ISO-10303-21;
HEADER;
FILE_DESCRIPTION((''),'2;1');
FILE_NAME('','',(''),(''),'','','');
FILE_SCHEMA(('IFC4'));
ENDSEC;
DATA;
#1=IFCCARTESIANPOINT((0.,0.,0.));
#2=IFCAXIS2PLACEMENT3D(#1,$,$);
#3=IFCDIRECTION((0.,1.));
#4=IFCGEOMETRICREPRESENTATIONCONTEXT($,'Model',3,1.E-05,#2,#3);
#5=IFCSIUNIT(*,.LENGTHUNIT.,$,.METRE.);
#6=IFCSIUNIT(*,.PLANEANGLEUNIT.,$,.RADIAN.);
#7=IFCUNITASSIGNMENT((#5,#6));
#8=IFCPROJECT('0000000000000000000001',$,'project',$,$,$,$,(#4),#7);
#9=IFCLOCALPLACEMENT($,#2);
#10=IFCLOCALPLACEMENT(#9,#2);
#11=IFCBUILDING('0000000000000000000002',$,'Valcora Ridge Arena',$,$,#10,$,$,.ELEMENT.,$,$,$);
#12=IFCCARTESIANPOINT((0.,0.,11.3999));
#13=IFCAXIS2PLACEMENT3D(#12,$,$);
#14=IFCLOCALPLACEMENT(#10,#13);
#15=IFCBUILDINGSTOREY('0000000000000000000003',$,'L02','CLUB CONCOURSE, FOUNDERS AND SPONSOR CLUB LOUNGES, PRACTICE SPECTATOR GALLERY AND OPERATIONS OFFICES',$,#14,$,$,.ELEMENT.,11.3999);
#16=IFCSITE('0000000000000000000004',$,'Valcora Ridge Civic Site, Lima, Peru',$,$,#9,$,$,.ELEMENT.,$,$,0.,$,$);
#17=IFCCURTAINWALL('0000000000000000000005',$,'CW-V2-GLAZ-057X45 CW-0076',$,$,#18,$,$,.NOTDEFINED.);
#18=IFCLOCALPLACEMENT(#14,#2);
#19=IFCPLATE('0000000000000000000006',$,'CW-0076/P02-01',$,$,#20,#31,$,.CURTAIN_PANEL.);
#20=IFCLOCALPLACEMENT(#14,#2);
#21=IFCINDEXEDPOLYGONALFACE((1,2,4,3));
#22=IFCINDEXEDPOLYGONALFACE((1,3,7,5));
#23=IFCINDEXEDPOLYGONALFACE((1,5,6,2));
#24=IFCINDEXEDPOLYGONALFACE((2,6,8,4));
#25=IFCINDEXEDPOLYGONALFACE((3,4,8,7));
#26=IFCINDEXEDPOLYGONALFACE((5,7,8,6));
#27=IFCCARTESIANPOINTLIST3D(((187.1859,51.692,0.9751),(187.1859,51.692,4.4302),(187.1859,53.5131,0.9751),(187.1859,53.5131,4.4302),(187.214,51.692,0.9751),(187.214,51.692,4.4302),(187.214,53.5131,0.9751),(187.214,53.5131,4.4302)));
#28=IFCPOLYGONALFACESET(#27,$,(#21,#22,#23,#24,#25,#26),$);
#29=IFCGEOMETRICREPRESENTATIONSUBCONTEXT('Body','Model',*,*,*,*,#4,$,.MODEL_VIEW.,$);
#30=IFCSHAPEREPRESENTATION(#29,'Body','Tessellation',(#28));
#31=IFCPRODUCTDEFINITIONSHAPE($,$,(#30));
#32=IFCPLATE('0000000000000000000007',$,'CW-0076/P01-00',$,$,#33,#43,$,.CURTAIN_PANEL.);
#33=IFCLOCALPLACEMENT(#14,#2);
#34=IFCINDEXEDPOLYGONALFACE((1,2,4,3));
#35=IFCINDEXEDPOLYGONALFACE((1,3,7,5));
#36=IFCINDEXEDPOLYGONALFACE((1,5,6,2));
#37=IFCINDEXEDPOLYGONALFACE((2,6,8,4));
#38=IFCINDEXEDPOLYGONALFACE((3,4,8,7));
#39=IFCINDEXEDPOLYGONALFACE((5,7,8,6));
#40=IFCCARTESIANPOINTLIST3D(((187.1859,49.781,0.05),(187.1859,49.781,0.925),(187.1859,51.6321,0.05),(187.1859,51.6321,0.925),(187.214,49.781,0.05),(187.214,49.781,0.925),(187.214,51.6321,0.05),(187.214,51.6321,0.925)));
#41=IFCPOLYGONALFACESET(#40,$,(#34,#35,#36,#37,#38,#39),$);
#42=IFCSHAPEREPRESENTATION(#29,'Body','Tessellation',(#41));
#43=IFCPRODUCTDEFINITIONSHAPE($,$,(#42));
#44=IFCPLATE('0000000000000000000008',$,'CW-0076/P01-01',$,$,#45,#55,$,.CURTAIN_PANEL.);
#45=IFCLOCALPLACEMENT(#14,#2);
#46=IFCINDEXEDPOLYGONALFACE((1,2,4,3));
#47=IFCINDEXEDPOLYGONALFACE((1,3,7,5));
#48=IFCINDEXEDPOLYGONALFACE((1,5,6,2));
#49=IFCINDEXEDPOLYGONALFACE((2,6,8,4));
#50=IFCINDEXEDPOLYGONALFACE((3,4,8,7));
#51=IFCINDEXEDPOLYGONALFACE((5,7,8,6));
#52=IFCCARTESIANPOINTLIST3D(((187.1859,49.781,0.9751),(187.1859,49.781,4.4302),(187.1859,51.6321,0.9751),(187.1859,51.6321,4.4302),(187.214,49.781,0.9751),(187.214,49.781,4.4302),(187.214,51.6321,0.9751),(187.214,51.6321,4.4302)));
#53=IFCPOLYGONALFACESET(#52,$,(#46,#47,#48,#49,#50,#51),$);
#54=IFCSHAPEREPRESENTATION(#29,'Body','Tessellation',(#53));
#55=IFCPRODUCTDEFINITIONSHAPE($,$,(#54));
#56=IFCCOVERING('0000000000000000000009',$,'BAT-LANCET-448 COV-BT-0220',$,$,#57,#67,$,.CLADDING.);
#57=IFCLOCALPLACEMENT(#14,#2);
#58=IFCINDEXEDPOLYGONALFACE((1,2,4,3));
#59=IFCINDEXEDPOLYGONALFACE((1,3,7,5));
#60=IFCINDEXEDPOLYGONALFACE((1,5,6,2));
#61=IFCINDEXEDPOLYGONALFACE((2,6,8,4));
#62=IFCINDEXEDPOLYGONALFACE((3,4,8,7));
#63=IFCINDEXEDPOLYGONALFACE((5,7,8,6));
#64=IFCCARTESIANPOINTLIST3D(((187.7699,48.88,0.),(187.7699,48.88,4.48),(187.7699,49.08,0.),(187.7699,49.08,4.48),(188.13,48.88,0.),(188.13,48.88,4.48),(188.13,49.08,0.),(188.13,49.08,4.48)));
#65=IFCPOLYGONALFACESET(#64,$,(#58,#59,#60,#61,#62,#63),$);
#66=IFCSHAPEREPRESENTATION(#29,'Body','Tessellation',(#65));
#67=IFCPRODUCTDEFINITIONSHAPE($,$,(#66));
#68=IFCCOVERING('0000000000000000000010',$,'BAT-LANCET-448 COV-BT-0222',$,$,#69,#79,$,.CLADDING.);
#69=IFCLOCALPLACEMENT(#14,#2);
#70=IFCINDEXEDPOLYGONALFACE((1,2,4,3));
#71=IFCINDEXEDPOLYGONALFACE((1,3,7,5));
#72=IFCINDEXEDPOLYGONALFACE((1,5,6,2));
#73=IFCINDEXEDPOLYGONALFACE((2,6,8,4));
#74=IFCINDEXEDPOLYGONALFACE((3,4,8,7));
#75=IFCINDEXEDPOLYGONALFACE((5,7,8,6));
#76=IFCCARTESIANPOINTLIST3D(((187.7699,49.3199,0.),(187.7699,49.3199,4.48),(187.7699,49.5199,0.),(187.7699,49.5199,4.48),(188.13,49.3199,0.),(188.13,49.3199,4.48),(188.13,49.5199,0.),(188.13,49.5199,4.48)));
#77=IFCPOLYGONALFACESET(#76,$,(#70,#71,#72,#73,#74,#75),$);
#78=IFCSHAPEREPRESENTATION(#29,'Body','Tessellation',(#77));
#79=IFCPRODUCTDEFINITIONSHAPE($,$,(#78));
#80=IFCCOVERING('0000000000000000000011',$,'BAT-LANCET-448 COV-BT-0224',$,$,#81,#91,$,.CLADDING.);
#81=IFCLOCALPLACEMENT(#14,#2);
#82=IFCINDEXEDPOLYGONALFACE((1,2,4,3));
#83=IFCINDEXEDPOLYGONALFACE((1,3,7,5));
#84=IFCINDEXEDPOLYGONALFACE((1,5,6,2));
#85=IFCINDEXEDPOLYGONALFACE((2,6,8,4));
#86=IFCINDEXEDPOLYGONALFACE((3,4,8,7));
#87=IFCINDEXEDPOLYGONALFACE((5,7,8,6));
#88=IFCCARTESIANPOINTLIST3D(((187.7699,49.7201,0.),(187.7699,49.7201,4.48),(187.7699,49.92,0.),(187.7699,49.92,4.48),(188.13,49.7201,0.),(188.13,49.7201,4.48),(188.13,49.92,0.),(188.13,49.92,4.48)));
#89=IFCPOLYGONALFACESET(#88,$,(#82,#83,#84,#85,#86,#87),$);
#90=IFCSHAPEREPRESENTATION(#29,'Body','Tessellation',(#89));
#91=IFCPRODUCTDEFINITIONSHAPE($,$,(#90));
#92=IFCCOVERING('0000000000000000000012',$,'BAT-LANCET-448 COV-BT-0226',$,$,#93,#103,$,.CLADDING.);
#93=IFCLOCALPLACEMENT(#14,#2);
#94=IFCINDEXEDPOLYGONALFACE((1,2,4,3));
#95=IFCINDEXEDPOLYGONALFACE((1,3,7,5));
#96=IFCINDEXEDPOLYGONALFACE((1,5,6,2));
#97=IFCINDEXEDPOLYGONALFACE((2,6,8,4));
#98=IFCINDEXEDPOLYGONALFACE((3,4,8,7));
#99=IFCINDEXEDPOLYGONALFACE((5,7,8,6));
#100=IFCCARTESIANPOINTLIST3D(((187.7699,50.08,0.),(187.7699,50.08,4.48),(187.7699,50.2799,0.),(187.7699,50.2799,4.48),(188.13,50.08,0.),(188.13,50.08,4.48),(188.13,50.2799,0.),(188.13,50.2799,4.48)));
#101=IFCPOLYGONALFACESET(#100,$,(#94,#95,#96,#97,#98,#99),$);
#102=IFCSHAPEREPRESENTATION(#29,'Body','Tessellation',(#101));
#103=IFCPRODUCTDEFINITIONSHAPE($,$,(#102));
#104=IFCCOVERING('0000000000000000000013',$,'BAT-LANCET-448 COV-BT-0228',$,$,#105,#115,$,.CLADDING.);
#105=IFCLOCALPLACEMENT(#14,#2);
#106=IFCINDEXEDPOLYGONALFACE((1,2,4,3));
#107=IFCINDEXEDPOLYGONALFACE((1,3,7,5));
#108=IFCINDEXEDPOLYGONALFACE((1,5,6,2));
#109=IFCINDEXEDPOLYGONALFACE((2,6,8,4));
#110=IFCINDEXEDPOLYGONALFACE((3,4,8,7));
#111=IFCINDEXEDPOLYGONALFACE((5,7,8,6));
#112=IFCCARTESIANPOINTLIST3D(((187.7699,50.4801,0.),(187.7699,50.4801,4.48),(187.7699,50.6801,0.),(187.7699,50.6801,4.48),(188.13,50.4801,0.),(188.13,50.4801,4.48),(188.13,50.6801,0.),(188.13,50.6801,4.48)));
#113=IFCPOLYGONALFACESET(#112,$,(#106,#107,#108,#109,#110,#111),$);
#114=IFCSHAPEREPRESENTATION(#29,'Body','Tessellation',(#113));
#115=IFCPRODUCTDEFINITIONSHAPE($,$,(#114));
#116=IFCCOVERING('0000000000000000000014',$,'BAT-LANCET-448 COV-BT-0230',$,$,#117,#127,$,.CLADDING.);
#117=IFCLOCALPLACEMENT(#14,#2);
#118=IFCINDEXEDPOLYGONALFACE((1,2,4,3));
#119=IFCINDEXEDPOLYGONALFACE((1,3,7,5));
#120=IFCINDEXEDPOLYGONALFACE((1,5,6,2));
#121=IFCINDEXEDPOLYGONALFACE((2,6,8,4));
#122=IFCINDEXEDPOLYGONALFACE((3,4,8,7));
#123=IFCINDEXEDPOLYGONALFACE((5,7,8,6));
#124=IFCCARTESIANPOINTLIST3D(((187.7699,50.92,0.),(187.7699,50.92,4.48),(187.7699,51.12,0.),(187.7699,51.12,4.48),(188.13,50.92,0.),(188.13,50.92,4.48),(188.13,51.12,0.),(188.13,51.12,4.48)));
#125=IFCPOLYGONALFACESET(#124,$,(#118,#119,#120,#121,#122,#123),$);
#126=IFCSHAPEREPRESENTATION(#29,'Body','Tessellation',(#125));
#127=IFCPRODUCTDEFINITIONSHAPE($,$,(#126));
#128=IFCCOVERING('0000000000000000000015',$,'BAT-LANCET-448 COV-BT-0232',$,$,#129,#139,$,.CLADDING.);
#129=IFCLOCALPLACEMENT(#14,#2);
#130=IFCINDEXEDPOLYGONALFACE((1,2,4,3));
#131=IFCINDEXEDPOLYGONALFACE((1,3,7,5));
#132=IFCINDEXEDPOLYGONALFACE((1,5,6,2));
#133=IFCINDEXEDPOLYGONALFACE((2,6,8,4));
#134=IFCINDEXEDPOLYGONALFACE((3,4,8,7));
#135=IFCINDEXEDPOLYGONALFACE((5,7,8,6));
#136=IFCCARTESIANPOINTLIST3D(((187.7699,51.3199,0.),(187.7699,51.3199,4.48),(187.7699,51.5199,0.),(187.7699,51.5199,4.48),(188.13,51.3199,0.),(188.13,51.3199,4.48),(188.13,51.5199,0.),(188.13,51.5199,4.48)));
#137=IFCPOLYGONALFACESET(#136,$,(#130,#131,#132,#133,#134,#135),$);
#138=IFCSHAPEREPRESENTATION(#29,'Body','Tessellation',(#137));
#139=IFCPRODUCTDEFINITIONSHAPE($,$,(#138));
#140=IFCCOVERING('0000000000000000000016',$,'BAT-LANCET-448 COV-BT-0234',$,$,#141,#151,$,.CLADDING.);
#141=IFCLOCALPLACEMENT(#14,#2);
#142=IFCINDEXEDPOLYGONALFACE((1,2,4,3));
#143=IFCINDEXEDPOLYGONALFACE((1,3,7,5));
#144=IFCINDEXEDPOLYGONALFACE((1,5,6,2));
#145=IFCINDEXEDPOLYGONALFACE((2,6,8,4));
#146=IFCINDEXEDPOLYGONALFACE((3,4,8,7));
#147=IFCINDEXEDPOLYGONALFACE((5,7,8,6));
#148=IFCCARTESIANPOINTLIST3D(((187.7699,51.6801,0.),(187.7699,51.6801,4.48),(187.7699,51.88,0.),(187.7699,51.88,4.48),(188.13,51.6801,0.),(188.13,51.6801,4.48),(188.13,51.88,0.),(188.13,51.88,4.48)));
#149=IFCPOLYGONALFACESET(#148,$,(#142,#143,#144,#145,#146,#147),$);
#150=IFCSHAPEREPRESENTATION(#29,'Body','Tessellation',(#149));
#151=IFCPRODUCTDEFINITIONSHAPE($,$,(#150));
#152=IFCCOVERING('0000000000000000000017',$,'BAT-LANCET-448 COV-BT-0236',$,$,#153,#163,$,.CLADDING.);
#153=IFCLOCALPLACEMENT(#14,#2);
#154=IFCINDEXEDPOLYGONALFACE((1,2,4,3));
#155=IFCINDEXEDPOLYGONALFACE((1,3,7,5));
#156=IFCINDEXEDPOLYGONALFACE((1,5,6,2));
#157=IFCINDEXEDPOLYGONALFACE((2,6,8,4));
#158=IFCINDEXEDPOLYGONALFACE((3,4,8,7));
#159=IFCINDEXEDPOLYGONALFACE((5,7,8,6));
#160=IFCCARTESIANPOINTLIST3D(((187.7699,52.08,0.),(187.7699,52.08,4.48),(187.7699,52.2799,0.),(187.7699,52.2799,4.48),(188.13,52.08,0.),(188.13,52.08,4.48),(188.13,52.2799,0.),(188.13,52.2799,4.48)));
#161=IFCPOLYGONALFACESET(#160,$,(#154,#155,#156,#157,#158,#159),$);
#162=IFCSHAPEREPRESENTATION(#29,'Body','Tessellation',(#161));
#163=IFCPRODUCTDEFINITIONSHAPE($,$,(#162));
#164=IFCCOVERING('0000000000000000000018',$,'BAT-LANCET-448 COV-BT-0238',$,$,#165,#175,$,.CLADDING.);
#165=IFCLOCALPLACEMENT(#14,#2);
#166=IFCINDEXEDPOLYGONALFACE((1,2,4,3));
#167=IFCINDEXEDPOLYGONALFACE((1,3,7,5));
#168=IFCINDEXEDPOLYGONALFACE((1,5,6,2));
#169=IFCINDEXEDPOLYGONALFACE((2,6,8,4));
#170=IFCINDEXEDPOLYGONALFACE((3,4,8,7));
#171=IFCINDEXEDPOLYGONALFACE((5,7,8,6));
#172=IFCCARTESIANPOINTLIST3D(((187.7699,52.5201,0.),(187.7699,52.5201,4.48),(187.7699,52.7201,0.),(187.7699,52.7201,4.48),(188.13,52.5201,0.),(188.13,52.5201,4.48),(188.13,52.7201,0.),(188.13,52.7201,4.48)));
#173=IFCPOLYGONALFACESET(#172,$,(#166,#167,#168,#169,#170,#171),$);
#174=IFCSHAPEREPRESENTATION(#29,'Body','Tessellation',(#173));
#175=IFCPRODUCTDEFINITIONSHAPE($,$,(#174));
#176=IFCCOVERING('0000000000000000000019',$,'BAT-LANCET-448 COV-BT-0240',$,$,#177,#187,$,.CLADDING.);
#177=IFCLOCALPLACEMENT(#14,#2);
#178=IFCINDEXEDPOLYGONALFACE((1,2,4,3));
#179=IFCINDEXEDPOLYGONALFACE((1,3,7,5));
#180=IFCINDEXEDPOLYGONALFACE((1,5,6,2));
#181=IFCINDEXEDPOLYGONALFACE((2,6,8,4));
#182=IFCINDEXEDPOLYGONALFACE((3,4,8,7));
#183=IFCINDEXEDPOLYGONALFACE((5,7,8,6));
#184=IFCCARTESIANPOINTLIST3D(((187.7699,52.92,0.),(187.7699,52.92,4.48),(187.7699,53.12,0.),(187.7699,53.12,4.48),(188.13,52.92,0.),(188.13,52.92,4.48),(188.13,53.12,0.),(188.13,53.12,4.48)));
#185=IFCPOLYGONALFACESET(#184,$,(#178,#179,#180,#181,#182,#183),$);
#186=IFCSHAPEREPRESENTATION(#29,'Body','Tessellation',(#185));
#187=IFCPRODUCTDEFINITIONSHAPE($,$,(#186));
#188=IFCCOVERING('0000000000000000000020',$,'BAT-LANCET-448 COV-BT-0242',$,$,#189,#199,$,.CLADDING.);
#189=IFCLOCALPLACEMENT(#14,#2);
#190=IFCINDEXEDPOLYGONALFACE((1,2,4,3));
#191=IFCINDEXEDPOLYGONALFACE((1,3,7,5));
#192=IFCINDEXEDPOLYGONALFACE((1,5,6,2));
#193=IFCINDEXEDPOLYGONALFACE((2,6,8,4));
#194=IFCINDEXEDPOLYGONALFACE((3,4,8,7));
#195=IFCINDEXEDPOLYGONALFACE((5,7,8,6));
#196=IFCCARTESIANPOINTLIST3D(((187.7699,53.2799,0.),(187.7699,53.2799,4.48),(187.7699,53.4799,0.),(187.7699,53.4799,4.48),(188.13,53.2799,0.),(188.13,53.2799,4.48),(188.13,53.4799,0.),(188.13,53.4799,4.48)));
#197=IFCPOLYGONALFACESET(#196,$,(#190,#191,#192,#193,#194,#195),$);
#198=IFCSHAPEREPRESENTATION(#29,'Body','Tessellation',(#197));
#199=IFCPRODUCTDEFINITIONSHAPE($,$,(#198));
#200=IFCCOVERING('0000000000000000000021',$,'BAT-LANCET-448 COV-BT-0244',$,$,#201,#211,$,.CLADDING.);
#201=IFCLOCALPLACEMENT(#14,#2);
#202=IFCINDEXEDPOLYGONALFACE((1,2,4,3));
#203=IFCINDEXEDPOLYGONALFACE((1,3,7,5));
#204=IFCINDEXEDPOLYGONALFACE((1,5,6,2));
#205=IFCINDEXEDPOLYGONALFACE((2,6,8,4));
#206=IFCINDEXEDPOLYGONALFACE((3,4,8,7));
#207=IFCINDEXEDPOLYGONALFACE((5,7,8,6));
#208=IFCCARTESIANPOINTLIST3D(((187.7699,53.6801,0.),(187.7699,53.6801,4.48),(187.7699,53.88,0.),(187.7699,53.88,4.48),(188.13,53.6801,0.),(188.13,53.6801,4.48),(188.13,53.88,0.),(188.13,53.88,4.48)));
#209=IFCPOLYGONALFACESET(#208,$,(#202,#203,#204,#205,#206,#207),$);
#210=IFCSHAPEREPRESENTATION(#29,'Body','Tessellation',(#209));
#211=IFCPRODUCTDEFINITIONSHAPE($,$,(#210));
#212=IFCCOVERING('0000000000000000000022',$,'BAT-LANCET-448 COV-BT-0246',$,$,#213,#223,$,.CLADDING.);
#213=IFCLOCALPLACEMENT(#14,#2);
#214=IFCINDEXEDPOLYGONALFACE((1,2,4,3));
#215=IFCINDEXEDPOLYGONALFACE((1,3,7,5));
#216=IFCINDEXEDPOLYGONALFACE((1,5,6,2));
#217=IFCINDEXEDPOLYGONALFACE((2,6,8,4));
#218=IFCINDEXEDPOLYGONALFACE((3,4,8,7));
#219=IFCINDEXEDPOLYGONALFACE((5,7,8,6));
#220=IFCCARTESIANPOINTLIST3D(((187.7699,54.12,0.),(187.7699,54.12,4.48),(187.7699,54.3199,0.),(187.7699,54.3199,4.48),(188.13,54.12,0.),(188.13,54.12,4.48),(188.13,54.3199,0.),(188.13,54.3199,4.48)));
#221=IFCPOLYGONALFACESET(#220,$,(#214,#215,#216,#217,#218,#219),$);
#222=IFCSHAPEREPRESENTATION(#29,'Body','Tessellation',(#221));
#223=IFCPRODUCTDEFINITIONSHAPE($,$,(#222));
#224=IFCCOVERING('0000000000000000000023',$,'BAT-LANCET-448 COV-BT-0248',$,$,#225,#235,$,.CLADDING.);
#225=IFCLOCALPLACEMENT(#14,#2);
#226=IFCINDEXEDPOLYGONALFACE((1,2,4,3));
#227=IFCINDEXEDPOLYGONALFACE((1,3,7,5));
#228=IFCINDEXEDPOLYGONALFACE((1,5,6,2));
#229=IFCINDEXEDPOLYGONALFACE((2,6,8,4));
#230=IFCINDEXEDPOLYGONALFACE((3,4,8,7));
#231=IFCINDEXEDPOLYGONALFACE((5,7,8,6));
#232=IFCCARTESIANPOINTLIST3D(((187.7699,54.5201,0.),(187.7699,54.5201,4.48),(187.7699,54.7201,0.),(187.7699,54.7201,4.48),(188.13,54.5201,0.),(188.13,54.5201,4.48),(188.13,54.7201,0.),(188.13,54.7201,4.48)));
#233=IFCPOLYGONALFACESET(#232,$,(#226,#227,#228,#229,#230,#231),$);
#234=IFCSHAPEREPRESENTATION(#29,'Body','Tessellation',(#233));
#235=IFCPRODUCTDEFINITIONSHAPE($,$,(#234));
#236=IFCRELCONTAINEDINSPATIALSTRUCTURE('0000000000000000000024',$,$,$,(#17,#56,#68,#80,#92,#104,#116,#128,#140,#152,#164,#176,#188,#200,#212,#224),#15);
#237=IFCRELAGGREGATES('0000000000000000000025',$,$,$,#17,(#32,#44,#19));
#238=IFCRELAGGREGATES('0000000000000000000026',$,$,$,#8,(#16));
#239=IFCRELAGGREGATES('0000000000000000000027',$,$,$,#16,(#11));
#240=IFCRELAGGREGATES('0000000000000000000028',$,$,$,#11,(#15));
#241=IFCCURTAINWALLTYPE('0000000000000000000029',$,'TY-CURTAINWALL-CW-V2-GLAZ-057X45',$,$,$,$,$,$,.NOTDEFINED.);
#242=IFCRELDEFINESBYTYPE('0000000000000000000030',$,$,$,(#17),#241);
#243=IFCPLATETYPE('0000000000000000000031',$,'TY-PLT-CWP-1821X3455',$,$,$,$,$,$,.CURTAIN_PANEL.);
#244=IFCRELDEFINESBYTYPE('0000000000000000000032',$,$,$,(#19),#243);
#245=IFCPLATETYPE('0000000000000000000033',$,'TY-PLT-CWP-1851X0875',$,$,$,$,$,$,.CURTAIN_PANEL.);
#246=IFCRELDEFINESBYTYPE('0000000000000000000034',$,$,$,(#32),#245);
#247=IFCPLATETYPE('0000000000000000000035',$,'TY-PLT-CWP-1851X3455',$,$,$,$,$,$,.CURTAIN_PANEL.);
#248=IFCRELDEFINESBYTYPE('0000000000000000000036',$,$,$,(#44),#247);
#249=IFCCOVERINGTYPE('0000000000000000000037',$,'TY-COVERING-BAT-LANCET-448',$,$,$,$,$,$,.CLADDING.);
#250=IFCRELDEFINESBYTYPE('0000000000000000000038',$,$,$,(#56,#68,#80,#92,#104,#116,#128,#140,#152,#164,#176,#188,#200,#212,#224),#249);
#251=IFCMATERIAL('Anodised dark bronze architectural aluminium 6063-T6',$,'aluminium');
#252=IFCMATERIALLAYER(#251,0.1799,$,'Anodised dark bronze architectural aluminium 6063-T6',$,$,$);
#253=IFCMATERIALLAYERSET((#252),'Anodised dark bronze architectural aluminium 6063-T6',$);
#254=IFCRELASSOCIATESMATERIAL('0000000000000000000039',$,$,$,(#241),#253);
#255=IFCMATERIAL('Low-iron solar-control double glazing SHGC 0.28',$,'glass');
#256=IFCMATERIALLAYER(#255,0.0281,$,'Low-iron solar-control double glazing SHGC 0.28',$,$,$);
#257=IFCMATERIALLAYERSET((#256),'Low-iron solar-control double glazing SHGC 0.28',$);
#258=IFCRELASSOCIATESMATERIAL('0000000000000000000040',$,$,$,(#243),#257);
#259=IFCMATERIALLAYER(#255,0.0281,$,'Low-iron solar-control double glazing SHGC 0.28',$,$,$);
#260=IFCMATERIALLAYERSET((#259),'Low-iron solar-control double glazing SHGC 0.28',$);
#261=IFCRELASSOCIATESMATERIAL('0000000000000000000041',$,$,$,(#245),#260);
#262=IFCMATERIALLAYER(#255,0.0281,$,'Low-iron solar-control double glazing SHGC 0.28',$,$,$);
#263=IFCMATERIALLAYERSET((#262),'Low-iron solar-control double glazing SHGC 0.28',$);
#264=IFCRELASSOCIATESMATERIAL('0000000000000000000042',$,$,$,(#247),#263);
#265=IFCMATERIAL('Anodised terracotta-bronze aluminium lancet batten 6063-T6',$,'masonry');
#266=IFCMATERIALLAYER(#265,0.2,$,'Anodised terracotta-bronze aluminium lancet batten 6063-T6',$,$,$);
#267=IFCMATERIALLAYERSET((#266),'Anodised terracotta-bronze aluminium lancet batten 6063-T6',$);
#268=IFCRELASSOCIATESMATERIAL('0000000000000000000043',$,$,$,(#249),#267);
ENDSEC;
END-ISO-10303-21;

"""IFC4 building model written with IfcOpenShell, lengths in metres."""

from ifc_helpers import new_model, si_unit, direction, frame, origin, origin_2d, place, context, subcontext, project, spatial, rectangle, extrude, material, layer, layer_set, type_object, element, aggregate, save


model = new_model("IFC4")

# Units and contexts
model_context = context("Model", 3, precision=1e-05, world=origin(), true_north=direction((0.0, 1.0)))
body_context = subcontext(model_context, "Body", "Model", "MODEL_VIEW")
ifc_project = project(units=[si_unit("LENGTHUNIT", "METRE"), si_unit("PLANEANGLEUNIT", "RADIAN")], contexts=[model_context])

# Site, building, storey
site_placement = place(None, origin())
site = spatial("IfcSite", under=ifc_project, at=site_placement, Name="Valcora Ridge Civic Site, Lima, Peru", CompositionType="ELEMENT", RefElevation=0.0)
building_placement = place(site_placement, origin())
building = spatial("IfcBuilding", under=site, at=building_placement, Name="Valcora Ridge Arena", CompositionType="ELEMENT")
storey_placement = place(building_placement, frame((0.0, 0.0, 11.3999)))
storey = spatial("IfcBuildingStorey", under=building, at=storey_placement, Name="L02", Description="CLUB CONCOURSE, FOUNDERS AND SPONSOR CLUB LOUNGES, PRACTICE SPECTATOR GALLERY AND OPERATIONS OFFICES", CompositionType="ELEMENT", Elevation=11.3999)

# Curtain wall
ifc_material_1 = material(Name="Anodised dark bronze architectural aluminium 6063-T6", Category="aluminium")
ifc_layer_1 = layer(ifc_material_1, 0.1799, Name="Anodised dark bronze architectural aluminium 6063-T6")
ifc_layer_set_1 = layer_set([ifc_layer_1], Name="Anodised dark bronze architectural aluminium 6063-T6")
curtain_wall_type_1 = type_object("IfcCurtainWallType", Name="TY-CURTAINWALL-CW-V2-GLAZ-057X45", PredefinedType="NOTDEFINED", material=ifc_layer_set_1)
curtain_wall_1_placement = place(storey_placement, origin())
curtain_wall_1 = element("IfcCurtainWall", 1, at=curtain_wall_1_placement, inside=storey, type_object=curtain_wall_type_1, Name="CW-V2-GLAZ-057X45 CW-0076", PredefinedType="NOTDEFINED")

# Plates
ifc_material_2 = material(Name="Low-iron solar-control double glazing SHGC 0.28", Category="glass")
ifc_layer_2 = layer(ifc_material_2, 0.0281, Name="Low-iron solar-control double glazing SHGC 0.28")
ifc_layer_set_2 = layer_set([ifc_layer_2], Name="Low-iron solar-control double glazing SHGC 0.28")
plate_type_1 = type_object("IfcPlateType", Name="TY-PLT-CWP-1821X3455", PredefinedType="CURTAIN_PANEL", material=ifc_layer_set_2)
plate_1_placement = place(storey_placement, frame((187.2, 52.6025, 0.9751), z_axis=(0.0, 0.0, 1.0), x_axis=(0.0, 1.0, 0.0)))
plate_1 = element("IfcPlate", 2, at=plate_1_placement, type_object=plate_type_1, Name="CW-0076/P02-01", PredefinedType="CURTAIN_PANEL", context=body_context, shape_type="SweptSolid", body=[
    extrude(rectangle(XDim=1.821, YDim=0.0281, at=origin_2d()), origin(), (0.0, 0.0, 1.0), 3.4551),
])
ifc_layer_3 = layer(ifc_material_2, 0.0281, Name="Low-iron solar-control double glazing SHGC 0.28")
ifc_layer_set_3 = layer_set([ifc_layer_3], Name="Low-iron solar-control double glazing SHGC 0.28")
plate_type_2 = type_object("IfcPlateType", Name="TY-PLT-CWP-1851X0875", PredefinedType="CURTAIN_PANEL", material=ifc_layer_set_3)
plate_2_placement = place(storey_placement, frame((187.2, 50.7065, 0.05), z_axis=(0.0, 0.0, 1.0), x_axis=(0.0, 1.0, 0.0)))
plate_2 = element("IfcPlate", 3, at=plate_2_placement, type_object=plate_type_2, Name="CW-0076/P01-00", PredefinedType="CURTAIN_PANEL", context=body_context, shape_type="SweptSolid", body=[
    extrude(rectangle(XDim=1.8511, YDim=0.0281, at=origin_2d()), origin(), (0.0, 0.0, 1.0), 0.875),
])
ifc_layer_4 = layer(ifc_material_2, 0.0281, Name="Low-iron solar-control double glazing SHGC 0.28")
ifc_layer_set_4 = layer_set([ifc_layer_4], Name="Low-iron solar-control double glazing SHGC 0.28")
plate_type_3 = type_object("IfcPlateType", Name="TY-PLT-CWP-1851X3455", PredefinedType="CURTAIN_PANEL", material=ifc_layer_set_4)
plate_3_placement = place(storey_placement, frame((187.2, 50.7065, 0.9751), z_axis=(0.0, 0.0, 1.0), x_axis=(0.0, 1.0, 0.0)))
plate_3 = element("IfcPlate", 4, at=plate_3_placement, type_object=plate_type_3, Name="CW-0076/P01-01", PredefinedType="CURTAIN_PANEL", context=body_context, shape_type="SweptSolid", body=[
    extrude(rectangle(XDim=1.8511, YDim=0.0281, at=origin_2d()), origin(), (0.0, 0.0, 1.0), 3.4551),
])
aggregate(curtain_wall_1, [plate_2, plate_3, plate_1])

# Coverings
ifc_material_3 = material(Name="Anodised terracotta-bronze aluminium lancet batten 6063-T6", Category="masonry")
ifc_layer_5 = layer(ifc_material_3, 0.2, Name="Anodised terracotta-bronze aluminium lancet batten 6063-T6")
ifc_layer_set_5 = layer_set([ifc_layer_5], Name="Anodised terracotta-bronze aluminium lancet batten 6063-T6")
covering_type = type_object("IfcCoveringType", Name="TY-COVERING-BAT-LANCET-448", PredefinedType="CLADDING", material=ifc_layer_set_5)
for number, where, z_axis, x_axis, name in (
    (5, (187.95, 48.98, 0.0), (0.0, 0.0, 1.0), (1.0, 0.0, 0.0), "BAT-LANCET-448 COV-BT-0220"),
    (6, (187.95, 49.4199, 0.0), (0.0, 0.0, 1.0), (1.0, 0.0, 0.0), "BAT-LANCET-448 COV-BT-0222"),
    (7, (187.95, 49.8201, 0.0), (0.0, 0.0, 1.0), (1.0, 0.0, 0.0), "BAT-LANCET-448 COV-BT-0224"),
    (8, (187.95, 50.1799, 0.0), (0.0, 0.0, 1.0), (1.0, 0.0, 0.0), "BAT-LANCET-448 COV-BT-0226"),
    (9, (187.95, 50.5801, 0.0), (0.0, 0.0, 1.0), (1.0, 0.0, 0.0), "BAT-LANCET-448 COV-BT-0228"),
    (10, (187.95, 51.02, 0.0), (0.0, 0.0, 1.0), (1.0, 0.0, 0.0), "BAT-LANCET-448 COV-BT-0230"),
    (11, (187.95, 51.4199, 0.0), (0.0, 0.0, 1.0), (1.0, 0.0, 0.0), "BAT-LANCET-448 COV-BT-0232"),
    (12, (187.95, 51.78, 0.0), (0.0, 0.0, 1.0), (1.0, 0.0, 0.0), "BAT-LANCET-448 COV-BT-0234"),
    (13, (187.95, 52.1799, 0.0), (0.0, 0.0, 1.0), (1.0, 0.0, 0.0), "BAT-LANCET-448 COV-BT-0236"),
    (14, (187.95, 52.6201, 0.0), (0.0, 0.0, 1.0), (1.0, 0.0, 0.0), "BAT-LANCET-448 COV-BT-0238"),
    (15, (187.95, 53.02, 0.0), (0.0, 0.0, 1.0), (1.0, 0.0, 0.0), "BAT-LANCET-448 COV-BT-0240"),
    (16, (187.95, 53.3799, 0.0), (0.0, 0.0, 1.0), (1.0, 0.0, 0.0), "BAT-LANCET-448 COV-BT-0242"),
    (17, (187.95, 53.78, 0.0), (0.0, 0.0, 1.0), (1.0, 0.0, 0.0), "BAT-LANCET-448 COV-BT-0244"),
    (18, (187.95, 54.22, 0.0), (0.0, 0.0, 1.0), (1.0, 0.0, 0.0), "BAT-LANCET-448 COV-BT-0246"),
    (19, (187.95, 54.6201, 0.0), (0.0, 0.0, 1.0), (1.0, 0.0, 0.0), "BAT-LANCET-448 COV-BT-0248"),
):
    element("IfcCovering", number, at=place(storey_placement, frame(where, z_axis=z_axis, x_axis=x_axis)), inside=storey, type_object=covering_type, Name=name, PredefinedType="CLADDING", context=body_context, shape_type="SweptSolid", body=[
        extrude(rectangle(XDim=0.3601, YDim=0.2, at=origin_2d()), origin(), (0.0, 0.0, 1.0), 4.48),
    ])

save(model, "model.ifc")
